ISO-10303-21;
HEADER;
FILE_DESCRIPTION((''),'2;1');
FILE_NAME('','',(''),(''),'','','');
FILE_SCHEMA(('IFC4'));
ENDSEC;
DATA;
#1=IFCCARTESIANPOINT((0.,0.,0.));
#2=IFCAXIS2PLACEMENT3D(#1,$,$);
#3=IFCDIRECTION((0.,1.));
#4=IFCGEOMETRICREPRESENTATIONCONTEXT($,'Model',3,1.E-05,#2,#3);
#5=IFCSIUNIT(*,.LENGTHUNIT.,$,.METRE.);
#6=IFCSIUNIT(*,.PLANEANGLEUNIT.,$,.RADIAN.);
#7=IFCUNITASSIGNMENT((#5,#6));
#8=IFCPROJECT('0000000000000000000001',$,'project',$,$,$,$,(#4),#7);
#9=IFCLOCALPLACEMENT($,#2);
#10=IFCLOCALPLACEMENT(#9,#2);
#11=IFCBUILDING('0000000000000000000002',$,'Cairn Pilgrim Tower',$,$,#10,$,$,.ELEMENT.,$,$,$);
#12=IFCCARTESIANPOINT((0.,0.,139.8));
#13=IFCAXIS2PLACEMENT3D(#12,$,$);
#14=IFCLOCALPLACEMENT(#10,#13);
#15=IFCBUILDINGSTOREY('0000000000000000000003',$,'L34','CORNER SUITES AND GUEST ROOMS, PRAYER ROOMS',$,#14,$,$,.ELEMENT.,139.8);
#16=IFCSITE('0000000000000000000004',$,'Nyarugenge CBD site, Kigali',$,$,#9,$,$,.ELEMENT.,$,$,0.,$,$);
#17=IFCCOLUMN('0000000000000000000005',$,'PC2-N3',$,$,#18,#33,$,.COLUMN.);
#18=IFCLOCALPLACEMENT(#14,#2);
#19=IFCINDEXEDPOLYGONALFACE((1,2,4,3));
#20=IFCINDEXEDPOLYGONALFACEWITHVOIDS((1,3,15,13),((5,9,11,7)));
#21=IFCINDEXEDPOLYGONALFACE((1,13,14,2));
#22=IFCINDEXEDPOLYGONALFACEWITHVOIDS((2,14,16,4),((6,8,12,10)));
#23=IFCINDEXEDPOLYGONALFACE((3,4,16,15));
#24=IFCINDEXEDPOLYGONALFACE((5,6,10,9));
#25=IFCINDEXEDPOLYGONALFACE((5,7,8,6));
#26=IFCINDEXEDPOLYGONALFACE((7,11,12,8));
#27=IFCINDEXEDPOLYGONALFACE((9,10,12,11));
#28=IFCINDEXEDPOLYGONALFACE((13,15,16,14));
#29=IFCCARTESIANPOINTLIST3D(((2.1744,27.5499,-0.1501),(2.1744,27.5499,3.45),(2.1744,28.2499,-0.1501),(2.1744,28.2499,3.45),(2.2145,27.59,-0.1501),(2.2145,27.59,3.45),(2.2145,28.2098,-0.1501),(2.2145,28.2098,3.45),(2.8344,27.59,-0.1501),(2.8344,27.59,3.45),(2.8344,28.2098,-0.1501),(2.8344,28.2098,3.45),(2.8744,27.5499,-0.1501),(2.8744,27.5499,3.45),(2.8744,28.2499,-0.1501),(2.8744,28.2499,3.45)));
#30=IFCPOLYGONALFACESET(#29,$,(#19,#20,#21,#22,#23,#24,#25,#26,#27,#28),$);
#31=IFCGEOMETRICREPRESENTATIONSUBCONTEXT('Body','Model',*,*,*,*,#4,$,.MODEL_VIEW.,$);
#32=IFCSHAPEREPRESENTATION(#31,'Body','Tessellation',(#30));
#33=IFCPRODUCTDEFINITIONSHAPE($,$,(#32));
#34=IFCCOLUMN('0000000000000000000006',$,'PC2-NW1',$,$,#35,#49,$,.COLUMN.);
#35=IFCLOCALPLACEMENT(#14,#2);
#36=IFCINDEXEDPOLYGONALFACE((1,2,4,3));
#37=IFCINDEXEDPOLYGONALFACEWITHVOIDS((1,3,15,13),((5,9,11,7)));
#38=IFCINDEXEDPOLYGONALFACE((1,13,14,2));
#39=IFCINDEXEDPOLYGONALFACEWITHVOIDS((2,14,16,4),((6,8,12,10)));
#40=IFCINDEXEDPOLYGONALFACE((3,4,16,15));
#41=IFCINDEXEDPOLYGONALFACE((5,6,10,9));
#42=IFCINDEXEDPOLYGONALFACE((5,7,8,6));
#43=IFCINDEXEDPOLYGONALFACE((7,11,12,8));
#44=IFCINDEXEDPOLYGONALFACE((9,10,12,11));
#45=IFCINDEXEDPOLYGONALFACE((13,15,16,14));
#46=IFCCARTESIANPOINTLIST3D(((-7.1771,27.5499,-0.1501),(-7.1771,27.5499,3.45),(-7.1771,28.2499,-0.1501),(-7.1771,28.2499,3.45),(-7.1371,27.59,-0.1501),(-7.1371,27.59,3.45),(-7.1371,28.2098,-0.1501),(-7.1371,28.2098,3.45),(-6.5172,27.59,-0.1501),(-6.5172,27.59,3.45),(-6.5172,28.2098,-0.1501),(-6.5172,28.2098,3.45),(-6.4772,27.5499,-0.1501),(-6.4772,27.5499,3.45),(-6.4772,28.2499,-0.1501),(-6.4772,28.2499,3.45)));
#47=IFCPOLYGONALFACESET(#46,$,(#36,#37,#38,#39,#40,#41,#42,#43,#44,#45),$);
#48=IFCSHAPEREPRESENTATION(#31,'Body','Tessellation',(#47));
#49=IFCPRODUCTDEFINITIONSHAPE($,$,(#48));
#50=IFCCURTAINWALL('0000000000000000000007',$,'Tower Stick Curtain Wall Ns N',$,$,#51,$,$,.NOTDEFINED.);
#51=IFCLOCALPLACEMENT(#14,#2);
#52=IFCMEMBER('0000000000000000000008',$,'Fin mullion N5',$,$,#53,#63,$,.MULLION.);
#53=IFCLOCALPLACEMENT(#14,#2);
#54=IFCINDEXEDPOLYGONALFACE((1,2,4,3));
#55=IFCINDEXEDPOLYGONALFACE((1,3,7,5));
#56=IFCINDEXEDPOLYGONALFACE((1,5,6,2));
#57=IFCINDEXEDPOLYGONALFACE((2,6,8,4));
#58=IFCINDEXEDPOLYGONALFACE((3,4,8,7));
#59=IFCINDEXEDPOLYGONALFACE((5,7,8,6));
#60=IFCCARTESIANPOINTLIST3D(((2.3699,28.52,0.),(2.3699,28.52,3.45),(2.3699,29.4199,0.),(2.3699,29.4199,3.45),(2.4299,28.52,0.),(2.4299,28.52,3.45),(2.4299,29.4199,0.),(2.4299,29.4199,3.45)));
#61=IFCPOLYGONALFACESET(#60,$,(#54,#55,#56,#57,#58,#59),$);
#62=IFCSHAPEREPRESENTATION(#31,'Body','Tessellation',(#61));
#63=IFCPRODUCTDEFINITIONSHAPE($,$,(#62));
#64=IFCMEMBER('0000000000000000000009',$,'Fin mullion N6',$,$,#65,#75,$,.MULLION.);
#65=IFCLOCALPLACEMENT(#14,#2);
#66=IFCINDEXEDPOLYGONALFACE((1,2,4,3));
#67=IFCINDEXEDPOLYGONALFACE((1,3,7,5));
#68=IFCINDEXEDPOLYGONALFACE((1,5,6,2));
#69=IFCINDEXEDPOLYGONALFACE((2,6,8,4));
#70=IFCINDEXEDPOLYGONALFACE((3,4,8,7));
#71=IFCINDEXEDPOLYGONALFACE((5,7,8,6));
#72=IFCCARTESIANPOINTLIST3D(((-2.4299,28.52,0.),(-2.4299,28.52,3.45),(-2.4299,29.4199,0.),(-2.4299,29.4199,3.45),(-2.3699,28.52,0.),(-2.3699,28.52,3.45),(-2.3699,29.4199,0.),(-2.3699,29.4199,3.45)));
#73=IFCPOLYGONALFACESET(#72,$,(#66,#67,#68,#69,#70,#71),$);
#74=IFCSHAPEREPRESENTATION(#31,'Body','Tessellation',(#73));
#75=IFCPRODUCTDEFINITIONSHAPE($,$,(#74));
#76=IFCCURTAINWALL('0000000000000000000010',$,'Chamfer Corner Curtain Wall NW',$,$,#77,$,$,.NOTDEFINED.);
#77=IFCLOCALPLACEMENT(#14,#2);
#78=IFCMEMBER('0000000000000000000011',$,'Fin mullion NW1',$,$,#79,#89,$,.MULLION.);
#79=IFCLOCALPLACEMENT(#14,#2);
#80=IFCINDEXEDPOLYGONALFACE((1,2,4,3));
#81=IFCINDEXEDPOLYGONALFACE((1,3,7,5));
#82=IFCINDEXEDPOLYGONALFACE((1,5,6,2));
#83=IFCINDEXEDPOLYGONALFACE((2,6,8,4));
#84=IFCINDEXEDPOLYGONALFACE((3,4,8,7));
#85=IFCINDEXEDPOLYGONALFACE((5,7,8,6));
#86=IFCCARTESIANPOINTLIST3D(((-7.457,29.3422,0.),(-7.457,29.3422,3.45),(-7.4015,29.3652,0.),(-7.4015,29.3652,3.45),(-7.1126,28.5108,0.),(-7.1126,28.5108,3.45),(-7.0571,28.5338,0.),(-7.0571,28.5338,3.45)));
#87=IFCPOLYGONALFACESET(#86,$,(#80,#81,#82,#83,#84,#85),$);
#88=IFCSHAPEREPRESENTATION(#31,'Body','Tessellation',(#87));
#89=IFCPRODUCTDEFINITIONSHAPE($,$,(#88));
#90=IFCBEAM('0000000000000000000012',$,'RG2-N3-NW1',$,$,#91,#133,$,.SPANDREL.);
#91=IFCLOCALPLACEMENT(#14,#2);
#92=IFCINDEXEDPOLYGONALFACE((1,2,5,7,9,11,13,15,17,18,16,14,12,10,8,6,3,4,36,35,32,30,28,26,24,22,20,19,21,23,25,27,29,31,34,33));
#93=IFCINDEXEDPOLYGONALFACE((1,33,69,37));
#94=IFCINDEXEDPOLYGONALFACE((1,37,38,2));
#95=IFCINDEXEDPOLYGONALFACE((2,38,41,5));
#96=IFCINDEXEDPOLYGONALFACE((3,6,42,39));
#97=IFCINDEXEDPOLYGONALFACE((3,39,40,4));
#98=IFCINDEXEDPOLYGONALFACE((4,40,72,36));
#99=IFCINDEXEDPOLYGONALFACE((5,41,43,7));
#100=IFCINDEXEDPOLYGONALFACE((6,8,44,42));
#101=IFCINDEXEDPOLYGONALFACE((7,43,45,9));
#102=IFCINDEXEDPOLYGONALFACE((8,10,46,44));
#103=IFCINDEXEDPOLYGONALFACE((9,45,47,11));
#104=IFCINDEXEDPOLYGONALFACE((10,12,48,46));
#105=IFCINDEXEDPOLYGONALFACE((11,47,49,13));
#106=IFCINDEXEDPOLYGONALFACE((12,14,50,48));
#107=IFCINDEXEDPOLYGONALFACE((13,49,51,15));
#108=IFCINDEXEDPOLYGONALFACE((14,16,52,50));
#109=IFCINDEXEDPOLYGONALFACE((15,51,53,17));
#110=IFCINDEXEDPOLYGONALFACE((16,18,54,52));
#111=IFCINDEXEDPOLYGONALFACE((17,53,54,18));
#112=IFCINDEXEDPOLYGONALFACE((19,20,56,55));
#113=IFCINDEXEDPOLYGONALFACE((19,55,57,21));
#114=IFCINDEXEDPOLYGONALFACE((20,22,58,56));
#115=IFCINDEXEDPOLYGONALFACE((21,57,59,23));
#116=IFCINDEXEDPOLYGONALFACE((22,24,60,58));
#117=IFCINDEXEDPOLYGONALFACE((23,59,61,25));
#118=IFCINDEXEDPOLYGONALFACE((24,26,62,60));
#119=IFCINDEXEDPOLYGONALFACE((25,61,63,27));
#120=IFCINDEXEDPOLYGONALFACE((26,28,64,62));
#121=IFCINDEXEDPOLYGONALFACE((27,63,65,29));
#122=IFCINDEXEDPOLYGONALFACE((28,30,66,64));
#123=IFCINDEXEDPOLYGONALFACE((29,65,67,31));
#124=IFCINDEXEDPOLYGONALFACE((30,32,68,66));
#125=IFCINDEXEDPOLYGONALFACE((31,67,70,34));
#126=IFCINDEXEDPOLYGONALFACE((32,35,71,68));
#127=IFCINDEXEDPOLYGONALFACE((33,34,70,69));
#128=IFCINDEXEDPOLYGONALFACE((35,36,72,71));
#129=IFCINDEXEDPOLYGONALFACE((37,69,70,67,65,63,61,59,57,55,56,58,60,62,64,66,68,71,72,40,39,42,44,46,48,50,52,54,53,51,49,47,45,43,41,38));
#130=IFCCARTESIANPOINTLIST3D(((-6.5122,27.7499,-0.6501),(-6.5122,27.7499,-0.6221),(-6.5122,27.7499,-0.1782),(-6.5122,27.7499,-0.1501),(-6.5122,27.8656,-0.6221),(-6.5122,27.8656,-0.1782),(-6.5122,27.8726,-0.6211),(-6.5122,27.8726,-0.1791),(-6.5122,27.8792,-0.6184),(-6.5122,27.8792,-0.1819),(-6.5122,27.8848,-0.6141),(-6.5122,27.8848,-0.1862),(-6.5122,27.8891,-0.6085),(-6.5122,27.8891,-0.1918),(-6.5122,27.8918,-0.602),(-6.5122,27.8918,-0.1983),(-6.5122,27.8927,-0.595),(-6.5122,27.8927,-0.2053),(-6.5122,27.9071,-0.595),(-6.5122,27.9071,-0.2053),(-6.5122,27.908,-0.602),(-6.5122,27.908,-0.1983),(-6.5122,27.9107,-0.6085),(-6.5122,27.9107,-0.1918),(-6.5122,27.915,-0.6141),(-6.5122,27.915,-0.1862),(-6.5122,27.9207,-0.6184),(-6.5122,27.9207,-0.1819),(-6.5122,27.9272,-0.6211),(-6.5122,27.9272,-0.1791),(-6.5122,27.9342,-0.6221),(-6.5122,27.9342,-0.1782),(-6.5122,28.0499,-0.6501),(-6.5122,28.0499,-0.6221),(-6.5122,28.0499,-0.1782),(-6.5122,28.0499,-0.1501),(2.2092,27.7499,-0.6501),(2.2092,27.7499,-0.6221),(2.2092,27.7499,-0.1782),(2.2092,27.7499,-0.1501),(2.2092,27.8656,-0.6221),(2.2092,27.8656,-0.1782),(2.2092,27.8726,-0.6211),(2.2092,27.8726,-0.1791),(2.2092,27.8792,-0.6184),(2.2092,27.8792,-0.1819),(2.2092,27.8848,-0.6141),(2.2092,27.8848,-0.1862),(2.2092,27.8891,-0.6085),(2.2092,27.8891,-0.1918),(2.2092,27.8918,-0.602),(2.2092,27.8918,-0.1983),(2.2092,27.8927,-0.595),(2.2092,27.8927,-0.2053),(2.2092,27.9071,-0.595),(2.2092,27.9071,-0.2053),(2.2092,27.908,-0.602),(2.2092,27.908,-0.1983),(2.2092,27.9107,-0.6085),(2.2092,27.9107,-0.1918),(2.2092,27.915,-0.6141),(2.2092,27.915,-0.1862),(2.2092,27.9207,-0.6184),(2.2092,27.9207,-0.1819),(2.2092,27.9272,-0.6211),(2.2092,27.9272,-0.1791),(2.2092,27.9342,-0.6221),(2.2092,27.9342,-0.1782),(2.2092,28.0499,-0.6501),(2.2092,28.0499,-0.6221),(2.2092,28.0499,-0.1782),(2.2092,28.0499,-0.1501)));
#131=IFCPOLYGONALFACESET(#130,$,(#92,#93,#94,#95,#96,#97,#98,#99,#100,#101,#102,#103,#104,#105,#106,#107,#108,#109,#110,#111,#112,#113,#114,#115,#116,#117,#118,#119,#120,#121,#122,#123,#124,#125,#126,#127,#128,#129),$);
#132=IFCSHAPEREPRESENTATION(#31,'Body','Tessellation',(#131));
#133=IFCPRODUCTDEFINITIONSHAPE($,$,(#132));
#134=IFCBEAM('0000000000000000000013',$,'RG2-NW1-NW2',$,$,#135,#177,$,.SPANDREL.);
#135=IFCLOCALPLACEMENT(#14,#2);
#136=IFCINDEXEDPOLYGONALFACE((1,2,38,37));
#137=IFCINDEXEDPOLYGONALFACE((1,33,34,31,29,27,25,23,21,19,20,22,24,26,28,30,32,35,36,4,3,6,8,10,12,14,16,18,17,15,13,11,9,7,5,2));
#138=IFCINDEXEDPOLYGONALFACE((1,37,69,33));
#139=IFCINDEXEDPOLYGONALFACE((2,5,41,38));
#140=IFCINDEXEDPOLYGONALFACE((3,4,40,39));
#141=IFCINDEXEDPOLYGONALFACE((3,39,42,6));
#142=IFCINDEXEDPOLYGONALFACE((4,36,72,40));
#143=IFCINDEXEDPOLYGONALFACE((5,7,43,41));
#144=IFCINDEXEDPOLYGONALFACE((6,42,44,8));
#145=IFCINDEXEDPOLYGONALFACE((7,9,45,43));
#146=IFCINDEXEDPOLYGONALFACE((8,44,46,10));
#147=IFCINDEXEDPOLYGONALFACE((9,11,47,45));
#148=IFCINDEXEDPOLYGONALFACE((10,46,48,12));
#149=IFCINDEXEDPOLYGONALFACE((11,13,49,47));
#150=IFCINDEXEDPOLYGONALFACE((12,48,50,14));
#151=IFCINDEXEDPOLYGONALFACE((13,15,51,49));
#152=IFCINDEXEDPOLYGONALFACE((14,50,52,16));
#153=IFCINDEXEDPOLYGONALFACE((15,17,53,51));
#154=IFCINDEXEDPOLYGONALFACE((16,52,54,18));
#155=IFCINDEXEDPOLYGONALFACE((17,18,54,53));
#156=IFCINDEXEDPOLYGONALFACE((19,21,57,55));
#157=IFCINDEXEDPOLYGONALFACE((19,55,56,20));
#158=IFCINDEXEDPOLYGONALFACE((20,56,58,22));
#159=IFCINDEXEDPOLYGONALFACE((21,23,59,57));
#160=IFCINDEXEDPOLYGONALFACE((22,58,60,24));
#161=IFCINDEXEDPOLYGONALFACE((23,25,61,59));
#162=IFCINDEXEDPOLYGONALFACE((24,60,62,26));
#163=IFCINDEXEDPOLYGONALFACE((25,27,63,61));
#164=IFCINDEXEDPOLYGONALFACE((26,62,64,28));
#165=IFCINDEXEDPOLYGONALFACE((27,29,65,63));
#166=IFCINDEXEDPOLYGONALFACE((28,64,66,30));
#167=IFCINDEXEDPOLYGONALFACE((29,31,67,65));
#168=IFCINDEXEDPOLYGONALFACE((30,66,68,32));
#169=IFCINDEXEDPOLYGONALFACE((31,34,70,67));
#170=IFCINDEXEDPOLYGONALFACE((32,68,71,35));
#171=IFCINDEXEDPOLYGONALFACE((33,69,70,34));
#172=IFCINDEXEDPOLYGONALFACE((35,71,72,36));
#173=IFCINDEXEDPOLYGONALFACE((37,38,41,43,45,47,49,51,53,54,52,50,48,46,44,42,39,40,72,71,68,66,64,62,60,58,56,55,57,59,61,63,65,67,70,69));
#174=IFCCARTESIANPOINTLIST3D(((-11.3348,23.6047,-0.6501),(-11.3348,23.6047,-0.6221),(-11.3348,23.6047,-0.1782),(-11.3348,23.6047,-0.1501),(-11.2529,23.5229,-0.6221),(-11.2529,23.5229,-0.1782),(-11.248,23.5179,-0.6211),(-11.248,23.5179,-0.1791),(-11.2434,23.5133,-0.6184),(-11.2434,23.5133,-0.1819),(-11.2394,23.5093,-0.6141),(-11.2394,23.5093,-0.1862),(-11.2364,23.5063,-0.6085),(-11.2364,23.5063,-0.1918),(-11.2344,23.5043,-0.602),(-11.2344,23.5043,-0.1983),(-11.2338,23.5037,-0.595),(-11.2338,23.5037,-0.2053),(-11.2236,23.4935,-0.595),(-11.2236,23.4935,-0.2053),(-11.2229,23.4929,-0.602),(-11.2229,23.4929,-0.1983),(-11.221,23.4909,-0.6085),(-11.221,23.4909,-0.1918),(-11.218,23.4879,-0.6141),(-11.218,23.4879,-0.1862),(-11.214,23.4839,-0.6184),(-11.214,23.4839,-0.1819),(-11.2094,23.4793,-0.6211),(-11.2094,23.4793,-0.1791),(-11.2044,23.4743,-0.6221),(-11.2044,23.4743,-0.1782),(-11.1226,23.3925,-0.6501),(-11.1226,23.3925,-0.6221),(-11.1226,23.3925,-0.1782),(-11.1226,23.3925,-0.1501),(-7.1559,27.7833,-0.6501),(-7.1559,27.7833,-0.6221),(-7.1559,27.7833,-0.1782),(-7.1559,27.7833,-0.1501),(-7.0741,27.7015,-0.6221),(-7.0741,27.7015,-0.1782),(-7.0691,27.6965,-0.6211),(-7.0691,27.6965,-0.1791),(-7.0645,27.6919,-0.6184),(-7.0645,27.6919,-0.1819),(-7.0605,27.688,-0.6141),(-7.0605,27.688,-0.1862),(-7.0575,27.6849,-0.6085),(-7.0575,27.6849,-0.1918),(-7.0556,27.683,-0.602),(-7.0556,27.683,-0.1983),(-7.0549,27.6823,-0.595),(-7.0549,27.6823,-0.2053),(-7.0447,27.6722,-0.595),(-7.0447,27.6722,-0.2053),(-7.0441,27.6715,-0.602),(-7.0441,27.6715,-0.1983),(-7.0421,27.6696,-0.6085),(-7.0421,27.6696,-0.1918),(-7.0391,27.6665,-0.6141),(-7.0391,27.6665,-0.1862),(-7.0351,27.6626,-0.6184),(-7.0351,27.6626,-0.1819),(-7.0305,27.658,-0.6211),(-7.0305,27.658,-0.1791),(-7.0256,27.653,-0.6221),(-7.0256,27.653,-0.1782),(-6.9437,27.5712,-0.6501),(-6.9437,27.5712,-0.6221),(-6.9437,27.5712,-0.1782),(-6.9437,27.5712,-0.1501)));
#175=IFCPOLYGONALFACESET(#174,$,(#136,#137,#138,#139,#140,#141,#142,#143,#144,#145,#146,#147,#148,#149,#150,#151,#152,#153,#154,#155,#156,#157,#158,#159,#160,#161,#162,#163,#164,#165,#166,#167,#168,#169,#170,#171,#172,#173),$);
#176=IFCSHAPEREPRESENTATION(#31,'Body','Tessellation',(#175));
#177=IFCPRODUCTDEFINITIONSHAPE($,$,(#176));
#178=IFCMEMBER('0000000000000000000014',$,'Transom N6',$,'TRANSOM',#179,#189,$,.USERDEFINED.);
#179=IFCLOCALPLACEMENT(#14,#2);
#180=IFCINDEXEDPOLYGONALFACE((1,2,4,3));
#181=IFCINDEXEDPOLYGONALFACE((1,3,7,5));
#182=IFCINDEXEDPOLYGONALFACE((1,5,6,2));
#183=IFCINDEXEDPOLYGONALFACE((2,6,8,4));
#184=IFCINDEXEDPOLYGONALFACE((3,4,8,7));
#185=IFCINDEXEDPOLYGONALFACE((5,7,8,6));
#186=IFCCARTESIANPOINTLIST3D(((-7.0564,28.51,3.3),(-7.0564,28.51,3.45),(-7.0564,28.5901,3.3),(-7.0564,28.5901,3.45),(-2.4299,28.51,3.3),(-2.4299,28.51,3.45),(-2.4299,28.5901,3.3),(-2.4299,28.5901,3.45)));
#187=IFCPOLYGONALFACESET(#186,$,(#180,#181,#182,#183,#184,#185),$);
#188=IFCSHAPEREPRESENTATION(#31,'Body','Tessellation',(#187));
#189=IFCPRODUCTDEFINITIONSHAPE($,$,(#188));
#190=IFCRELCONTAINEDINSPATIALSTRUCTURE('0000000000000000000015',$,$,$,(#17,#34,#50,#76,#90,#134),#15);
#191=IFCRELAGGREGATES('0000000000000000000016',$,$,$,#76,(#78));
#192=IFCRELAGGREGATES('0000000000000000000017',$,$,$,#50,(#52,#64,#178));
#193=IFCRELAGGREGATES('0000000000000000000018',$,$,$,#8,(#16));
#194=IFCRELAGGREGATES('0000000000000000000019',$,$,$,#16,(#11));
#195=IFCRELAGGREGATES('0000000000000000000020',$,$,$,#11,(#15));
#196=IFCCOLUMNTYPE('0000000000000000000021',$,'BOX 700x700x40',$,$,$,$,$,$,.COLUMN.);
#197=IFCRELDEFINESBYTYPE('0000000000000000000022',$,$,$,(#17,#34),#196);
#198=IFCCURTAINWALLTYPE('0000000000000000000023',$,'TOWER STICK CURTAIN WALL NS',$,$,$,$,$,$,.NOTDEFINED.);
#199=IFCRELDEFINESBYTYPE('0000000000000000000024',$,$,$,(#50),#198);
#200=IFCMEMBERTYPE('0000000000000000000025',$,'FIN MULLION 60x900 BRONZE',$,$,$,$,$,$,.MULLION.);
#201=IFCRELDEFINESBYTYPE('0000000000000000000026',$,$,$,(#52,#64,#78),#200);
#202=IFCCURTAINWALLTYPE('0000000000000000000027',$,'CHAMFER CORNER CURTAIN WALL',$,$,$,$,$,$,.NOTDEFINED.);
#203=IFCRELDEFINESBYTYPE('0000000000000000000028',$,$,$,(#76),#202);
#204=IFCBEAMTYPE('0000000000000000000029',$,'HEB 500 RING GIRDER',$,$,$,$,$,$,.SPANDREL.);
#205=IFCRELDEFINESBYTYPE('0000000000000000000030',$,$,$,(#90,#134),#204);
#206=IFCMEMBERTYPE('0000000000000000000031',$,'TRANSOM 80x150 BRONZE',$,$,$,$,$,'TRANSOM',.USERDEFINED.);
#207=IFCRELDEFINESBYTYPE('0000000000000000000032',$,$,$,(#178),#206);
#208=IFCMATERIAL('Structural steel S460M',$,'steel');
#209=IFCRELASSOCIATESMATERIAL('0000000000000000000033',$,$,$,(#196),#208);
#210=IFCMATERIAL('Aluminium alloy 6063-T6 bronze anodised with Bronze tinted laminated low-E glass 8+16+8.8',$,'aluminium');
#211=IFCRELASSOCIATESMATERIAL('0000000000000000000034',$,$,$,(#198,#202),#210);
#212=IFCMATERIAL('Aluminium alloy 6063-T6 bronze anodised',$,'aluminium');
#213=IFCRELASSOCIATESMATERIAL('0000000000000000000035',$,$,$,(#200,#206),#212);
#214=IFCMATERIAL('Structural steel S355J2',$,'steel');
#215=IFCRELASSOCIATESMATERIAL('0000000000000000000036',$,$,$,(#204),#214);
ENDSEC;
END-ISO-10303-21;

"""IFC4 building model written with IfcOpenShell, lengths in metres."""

from ifc_helpers import new_model, si_unit, direction, frame, origin, origin_2d, place, context, subcontext, project, spatial, rectangle, hollow_rectangle, i_section, extrude, material, material_profile, profile_set, type_object, element, aggregate, save


model = new_model("IFC4")

# Units and contexts
model_context = context("Model", 3, precision=1e-05, world=origin(), true_north=direction((0.0, 1.0)))
body_context = subcontext(model_context, "Body", "Model", "MODEL_VIEW")
ifc_project = project(units=[si_unit("LENGTHUNIT", "METRE"), si_unit("PLANEANGLEUNIT", "RADIAN")], contexts=[model_context])

# Site, building, storey
site_placement = place(None, origin())
site = spatial("IfcSite", under=ifc_project, at=site_placement, Name="Nyarugenge CBD site, Kigali", CompositionType="ELEMENT", RefElevation=0.0)
building_placement = place(site_placement, origin())
building = spatial("IfcBuilding", under=site, at=building_placement, Name="Cairn Pilgrim Tower", CompositionType="ELEMENT")
storey_placement = place(building_placement, frame((0.0, 0.0, 139.8)))
storey = spatial("IfcBuildingStorey", under=building, at=storey_placement, Name="L34", Description="CORNER SUITES AND GUEST ROOMS, PRAYER ROOMS", CompositionType="ELEMENT", Elevation=139.8)

# Columns
ifc_material_1 = material(Name="Structural steel S460M", Category="steel")
ifc_material_profile_1 = material_profile(ifc_material_1, hollow_rectangle(XDim=0.7, YDim=0.7, WallThickness=0.04, at=origin_2d()), Name="BOX 700x700x40")
ifc_profile_set_1 = profile_set([ifc_material_profile_1], Name="Structural steel S460M")
column_type = type_object("IfcColumnType", Name="BOX 700x700x40", PredefinedType="COLUMN", material=ifc_profile_set_1)
for number, where, z_axis, x_axis, name in (
    (1, (2.5244, 27.8999, -0.1501), (0.0, 0.0, 1.0), (1.0, 0.0, 0.0), "PC2-N3"),
    (2, (-6.8271, 27.8999, -0.1501), (0.0, 0.0, 1.0), (1.0, 0.0, 0.0), "PC2-NW1"),
):
    element("IfcColumn", number, at=place(storey_placement, frame(where, z_axis=z_axis, x_axis=x_axis)), inside=storey, type_object=column_type, Name=name, PredefinedType="COLUMN", context=body_context, shape_type="SweptSolid", body=[
        extrude(hollow_rectangle(XDim=0.7, YDim=0.7, WallThickness=0.04, at=origin_2d()), origin(), (0.0, 0.0, 1.0), 3.6001),
    ])

# Curtain wall, members
ifc_material_2 = material(Name="Aluminium alloy 6063-T6 bronze anodised with Bronze tinted laminated low-E glass 8+16+8.8", Category="aluminium")
curtain_wall_type_1 = type_object("IfcCurtainWallType", Name="TOWER STICK CURTAIN WALL NS", PredefinedType="NOTDEFINED", material=ifc_material_2)
curtain_wall_1_placement = place(storey_placement, origin())
curtain_wall_1 = element("IfcCurtainWall", 3, at=curtain_wall_1_placement, inside=storey, type_object=curtain_wall_type_1, Name="Tower Stick Curtain Wall Ns N", PredefinedType="NOTDEFINED")
ifc_material_3 = material(Name="Aluminium alloy 6063-T6 bronze anodised", Category="aluminium")
ifc_material_profile_2 = material_profile(ifc_material_3, rectangle(XDim=0.8999, YDim=0.0601, at=origin_2d()), Name="FIN MULLION 60x900 BRONZE")
ifc_profile_set_2 = profile_set([ifc_material_profile_2], Name="Aluminium alloy 6063-T6 bronze anodised")
member_type_1 = type_object("IfcMemberType", Name="FIN MULLION 60x900 BRONZE", PredefinedType="MULLION", material=ifc_profile_set_2)
member_1_placement = place(storey_placement, frame((2.3999, 28.97, 0.0), z_axis=(0.0, 0.0, 1.0), x_axis=(0.0, 1.0, 0.0)))
member_1 = element("IfcMember", 4, at=member_1_placement, type_object=member_type_1, Name="Fin mullion N5", PredefinedType="MULLION", context=body_context, shape_type="SweptSolid", body=[
    extrude(rectangle(XDim=0.8999, YDim=0.0601, at=origin_2d()), origin(), (0.0, 0.0, 1.0), 3.45),
])
member_2_placement = place(storey_placement, frame((-2.3999, 28.97, 0.0), z_axis=(0.0, 0.0, 1.0), x_axis=(0.0, 1.0, 0.0)))
member_2 = element("IfcMember", 5, at=member_2_placement, type_object=member_type_1, Name="Fin mullion N6", PredefinedType="MULLION", context=body_context, shape_type="SweptSolid", body=[
    extrude(rectangle(XDim=0.8999, YDim=0.0601, at=origin_2d()), origin(), (0.0, 0.0, 1.0), 3.45),
])

# Curtain wall, member
curtain_wall_type_2 = type_object("IfcCurtainWallType", Name="CHAMFER CORNER CURTAIN WALL", PredefinedType="NOTDEFINED", material=ifc_material_2)
curtain_wall_2_placement = place(storey_placement, origin())
curtain_wall_2 = element("IfcCurtainWall", 6, at=curtain_wall_2_placement, inside=storey, type_object=curtain_wall_type_2, Name="Chamfer Corner Curtain Wall NW", PredefinedType="NOTDEFINED")
member_3_placement = place(storey_placement, frame((-7.2571, 28.938, 0.0), z_axis=(0.0, 0.0, 1.0), x_axis=(-0.382683, 0.92388, 0.0)))
member_3 = element("IfcMember", 7, at=member_3_placement, type_object=member_type_1, Name="Fin mullion NW1", PredefinedType="MULLION", context=body_context, shape_type="SweptSolid", body=[
    extrude(rectangle(XDim=0.8999, YDim=0.0601, at=origin_2d()), origin(), (0.0, 0.0, 1.0), 3.45),
])
aggregate(curtain_wall_2, [member_3])

# Beams
ifc_material_4 = material(Name="Structural steel S355J2", Category="steel")
ifc_material_profile_3 = material_profile(ifc_material_4, i_section(OverallWidth=0.3, OverallDepth=0.5, WebThickness=0.0144, FlangeThickness=0.0281, FilletRadius=0.0271, at=origin_2d()), Name="HEB 500")
ifc_profile_set_3 = profile_set([ifc_material_profile_3], Name="Structural steel S355J2")
beam_type = type_object("IfcBeamType", Name="HEB 500 RING GIRDER", PredefinedType="SPANDREL", material=ifc_profile_set_3)
beam_1_placement = place(storey_placement, frame((2.2092, 27.8999, -0.4001), z_axis=(-1.0, 0.0, 0.0), x_axis=(0.0, -1.0, 0.0)))
element("IfcBeam", 8, at=beam_1_placement, inside=storey, type_object=beam_type, Name="RG2-N3-NW1", PredefinedType="SPANDREL", context=body_context, shape_type="SweptSolid", body=[
    extrude(i_section(OverallWidth=0.3, OverallDepth=0.5, WebThickness=0.0144, FlangeThickness=0.0281, FilletRadius=0.0271, at=origin_2d()), origin(), (0.0, 0.0, 1.0), 8.7214),
])
beam_2_placement = place(storey_placement, frame((-7.0498, 27.6772, -0.4001), z_axis=(-0.707127, -0.707086, 0.0), x_axis=(0.707086, -0.707127, 0.0)))
element("IfcBeam", 9, at=beam_2_placement, inside=storey, type_object=beam_type, Name="RG2-NW1-NW2", PredefinedType="SPANDREL", context=body_context, shape_type="SweptSolid", body=[
    extrude(i_section(OverallWidth=0.3, OverallDepth=0.5, WebThickness=0.0144, FlangeThickness=0.0281, FilletRadius=0.0271, at=origin_2d()), origin(), (0.0, 0.0, 1.0), 5.9097),
])

# Member
ifc_material_profile_4 = material_profile(ifc_material_3, rectangle(XDim=0.0801, YDim=0.1499, at=origin_2d()), Name="TRANSOM 80x150 BRONZE")
ifc_profile_set_4 = profile_set([ifc_material_profile_4], Name="Aluminium alloy 6063-T6 bronze anodised")
member_type_2 = type_object("IfcMemberType", Name="TRANSOM 80x150 BRONZE", ElementType="TRANSOM", PredefinedType="USERDEFINED", material=ifc_profile_set_4)
member_4_placement = place(storey_placement, frame((-2.4299, 28.55, 3.375), z_axis=(-1.0, 0.0, 0.0), x_axis=(0.0, -1.0, 0.0)))
member_4 = element("IfcMember", 10, at=member_4_placement, type_object=member_type_2, Name="Transom N6", ObjectType="TRANSOM", PredefinedType="USERDEFINED", context=body_context, shape_type="SweptSolid", body=[
    extrude(rectangle(XDim=0.0801, YDim=0.1499, at=origin_2d()), origin(), (0.0, 0.0, 1.0), 4.6265),
])

aggregate(curtain_wall_1, [member_1, member_2, member_4])

save(model, "model.ifc")
